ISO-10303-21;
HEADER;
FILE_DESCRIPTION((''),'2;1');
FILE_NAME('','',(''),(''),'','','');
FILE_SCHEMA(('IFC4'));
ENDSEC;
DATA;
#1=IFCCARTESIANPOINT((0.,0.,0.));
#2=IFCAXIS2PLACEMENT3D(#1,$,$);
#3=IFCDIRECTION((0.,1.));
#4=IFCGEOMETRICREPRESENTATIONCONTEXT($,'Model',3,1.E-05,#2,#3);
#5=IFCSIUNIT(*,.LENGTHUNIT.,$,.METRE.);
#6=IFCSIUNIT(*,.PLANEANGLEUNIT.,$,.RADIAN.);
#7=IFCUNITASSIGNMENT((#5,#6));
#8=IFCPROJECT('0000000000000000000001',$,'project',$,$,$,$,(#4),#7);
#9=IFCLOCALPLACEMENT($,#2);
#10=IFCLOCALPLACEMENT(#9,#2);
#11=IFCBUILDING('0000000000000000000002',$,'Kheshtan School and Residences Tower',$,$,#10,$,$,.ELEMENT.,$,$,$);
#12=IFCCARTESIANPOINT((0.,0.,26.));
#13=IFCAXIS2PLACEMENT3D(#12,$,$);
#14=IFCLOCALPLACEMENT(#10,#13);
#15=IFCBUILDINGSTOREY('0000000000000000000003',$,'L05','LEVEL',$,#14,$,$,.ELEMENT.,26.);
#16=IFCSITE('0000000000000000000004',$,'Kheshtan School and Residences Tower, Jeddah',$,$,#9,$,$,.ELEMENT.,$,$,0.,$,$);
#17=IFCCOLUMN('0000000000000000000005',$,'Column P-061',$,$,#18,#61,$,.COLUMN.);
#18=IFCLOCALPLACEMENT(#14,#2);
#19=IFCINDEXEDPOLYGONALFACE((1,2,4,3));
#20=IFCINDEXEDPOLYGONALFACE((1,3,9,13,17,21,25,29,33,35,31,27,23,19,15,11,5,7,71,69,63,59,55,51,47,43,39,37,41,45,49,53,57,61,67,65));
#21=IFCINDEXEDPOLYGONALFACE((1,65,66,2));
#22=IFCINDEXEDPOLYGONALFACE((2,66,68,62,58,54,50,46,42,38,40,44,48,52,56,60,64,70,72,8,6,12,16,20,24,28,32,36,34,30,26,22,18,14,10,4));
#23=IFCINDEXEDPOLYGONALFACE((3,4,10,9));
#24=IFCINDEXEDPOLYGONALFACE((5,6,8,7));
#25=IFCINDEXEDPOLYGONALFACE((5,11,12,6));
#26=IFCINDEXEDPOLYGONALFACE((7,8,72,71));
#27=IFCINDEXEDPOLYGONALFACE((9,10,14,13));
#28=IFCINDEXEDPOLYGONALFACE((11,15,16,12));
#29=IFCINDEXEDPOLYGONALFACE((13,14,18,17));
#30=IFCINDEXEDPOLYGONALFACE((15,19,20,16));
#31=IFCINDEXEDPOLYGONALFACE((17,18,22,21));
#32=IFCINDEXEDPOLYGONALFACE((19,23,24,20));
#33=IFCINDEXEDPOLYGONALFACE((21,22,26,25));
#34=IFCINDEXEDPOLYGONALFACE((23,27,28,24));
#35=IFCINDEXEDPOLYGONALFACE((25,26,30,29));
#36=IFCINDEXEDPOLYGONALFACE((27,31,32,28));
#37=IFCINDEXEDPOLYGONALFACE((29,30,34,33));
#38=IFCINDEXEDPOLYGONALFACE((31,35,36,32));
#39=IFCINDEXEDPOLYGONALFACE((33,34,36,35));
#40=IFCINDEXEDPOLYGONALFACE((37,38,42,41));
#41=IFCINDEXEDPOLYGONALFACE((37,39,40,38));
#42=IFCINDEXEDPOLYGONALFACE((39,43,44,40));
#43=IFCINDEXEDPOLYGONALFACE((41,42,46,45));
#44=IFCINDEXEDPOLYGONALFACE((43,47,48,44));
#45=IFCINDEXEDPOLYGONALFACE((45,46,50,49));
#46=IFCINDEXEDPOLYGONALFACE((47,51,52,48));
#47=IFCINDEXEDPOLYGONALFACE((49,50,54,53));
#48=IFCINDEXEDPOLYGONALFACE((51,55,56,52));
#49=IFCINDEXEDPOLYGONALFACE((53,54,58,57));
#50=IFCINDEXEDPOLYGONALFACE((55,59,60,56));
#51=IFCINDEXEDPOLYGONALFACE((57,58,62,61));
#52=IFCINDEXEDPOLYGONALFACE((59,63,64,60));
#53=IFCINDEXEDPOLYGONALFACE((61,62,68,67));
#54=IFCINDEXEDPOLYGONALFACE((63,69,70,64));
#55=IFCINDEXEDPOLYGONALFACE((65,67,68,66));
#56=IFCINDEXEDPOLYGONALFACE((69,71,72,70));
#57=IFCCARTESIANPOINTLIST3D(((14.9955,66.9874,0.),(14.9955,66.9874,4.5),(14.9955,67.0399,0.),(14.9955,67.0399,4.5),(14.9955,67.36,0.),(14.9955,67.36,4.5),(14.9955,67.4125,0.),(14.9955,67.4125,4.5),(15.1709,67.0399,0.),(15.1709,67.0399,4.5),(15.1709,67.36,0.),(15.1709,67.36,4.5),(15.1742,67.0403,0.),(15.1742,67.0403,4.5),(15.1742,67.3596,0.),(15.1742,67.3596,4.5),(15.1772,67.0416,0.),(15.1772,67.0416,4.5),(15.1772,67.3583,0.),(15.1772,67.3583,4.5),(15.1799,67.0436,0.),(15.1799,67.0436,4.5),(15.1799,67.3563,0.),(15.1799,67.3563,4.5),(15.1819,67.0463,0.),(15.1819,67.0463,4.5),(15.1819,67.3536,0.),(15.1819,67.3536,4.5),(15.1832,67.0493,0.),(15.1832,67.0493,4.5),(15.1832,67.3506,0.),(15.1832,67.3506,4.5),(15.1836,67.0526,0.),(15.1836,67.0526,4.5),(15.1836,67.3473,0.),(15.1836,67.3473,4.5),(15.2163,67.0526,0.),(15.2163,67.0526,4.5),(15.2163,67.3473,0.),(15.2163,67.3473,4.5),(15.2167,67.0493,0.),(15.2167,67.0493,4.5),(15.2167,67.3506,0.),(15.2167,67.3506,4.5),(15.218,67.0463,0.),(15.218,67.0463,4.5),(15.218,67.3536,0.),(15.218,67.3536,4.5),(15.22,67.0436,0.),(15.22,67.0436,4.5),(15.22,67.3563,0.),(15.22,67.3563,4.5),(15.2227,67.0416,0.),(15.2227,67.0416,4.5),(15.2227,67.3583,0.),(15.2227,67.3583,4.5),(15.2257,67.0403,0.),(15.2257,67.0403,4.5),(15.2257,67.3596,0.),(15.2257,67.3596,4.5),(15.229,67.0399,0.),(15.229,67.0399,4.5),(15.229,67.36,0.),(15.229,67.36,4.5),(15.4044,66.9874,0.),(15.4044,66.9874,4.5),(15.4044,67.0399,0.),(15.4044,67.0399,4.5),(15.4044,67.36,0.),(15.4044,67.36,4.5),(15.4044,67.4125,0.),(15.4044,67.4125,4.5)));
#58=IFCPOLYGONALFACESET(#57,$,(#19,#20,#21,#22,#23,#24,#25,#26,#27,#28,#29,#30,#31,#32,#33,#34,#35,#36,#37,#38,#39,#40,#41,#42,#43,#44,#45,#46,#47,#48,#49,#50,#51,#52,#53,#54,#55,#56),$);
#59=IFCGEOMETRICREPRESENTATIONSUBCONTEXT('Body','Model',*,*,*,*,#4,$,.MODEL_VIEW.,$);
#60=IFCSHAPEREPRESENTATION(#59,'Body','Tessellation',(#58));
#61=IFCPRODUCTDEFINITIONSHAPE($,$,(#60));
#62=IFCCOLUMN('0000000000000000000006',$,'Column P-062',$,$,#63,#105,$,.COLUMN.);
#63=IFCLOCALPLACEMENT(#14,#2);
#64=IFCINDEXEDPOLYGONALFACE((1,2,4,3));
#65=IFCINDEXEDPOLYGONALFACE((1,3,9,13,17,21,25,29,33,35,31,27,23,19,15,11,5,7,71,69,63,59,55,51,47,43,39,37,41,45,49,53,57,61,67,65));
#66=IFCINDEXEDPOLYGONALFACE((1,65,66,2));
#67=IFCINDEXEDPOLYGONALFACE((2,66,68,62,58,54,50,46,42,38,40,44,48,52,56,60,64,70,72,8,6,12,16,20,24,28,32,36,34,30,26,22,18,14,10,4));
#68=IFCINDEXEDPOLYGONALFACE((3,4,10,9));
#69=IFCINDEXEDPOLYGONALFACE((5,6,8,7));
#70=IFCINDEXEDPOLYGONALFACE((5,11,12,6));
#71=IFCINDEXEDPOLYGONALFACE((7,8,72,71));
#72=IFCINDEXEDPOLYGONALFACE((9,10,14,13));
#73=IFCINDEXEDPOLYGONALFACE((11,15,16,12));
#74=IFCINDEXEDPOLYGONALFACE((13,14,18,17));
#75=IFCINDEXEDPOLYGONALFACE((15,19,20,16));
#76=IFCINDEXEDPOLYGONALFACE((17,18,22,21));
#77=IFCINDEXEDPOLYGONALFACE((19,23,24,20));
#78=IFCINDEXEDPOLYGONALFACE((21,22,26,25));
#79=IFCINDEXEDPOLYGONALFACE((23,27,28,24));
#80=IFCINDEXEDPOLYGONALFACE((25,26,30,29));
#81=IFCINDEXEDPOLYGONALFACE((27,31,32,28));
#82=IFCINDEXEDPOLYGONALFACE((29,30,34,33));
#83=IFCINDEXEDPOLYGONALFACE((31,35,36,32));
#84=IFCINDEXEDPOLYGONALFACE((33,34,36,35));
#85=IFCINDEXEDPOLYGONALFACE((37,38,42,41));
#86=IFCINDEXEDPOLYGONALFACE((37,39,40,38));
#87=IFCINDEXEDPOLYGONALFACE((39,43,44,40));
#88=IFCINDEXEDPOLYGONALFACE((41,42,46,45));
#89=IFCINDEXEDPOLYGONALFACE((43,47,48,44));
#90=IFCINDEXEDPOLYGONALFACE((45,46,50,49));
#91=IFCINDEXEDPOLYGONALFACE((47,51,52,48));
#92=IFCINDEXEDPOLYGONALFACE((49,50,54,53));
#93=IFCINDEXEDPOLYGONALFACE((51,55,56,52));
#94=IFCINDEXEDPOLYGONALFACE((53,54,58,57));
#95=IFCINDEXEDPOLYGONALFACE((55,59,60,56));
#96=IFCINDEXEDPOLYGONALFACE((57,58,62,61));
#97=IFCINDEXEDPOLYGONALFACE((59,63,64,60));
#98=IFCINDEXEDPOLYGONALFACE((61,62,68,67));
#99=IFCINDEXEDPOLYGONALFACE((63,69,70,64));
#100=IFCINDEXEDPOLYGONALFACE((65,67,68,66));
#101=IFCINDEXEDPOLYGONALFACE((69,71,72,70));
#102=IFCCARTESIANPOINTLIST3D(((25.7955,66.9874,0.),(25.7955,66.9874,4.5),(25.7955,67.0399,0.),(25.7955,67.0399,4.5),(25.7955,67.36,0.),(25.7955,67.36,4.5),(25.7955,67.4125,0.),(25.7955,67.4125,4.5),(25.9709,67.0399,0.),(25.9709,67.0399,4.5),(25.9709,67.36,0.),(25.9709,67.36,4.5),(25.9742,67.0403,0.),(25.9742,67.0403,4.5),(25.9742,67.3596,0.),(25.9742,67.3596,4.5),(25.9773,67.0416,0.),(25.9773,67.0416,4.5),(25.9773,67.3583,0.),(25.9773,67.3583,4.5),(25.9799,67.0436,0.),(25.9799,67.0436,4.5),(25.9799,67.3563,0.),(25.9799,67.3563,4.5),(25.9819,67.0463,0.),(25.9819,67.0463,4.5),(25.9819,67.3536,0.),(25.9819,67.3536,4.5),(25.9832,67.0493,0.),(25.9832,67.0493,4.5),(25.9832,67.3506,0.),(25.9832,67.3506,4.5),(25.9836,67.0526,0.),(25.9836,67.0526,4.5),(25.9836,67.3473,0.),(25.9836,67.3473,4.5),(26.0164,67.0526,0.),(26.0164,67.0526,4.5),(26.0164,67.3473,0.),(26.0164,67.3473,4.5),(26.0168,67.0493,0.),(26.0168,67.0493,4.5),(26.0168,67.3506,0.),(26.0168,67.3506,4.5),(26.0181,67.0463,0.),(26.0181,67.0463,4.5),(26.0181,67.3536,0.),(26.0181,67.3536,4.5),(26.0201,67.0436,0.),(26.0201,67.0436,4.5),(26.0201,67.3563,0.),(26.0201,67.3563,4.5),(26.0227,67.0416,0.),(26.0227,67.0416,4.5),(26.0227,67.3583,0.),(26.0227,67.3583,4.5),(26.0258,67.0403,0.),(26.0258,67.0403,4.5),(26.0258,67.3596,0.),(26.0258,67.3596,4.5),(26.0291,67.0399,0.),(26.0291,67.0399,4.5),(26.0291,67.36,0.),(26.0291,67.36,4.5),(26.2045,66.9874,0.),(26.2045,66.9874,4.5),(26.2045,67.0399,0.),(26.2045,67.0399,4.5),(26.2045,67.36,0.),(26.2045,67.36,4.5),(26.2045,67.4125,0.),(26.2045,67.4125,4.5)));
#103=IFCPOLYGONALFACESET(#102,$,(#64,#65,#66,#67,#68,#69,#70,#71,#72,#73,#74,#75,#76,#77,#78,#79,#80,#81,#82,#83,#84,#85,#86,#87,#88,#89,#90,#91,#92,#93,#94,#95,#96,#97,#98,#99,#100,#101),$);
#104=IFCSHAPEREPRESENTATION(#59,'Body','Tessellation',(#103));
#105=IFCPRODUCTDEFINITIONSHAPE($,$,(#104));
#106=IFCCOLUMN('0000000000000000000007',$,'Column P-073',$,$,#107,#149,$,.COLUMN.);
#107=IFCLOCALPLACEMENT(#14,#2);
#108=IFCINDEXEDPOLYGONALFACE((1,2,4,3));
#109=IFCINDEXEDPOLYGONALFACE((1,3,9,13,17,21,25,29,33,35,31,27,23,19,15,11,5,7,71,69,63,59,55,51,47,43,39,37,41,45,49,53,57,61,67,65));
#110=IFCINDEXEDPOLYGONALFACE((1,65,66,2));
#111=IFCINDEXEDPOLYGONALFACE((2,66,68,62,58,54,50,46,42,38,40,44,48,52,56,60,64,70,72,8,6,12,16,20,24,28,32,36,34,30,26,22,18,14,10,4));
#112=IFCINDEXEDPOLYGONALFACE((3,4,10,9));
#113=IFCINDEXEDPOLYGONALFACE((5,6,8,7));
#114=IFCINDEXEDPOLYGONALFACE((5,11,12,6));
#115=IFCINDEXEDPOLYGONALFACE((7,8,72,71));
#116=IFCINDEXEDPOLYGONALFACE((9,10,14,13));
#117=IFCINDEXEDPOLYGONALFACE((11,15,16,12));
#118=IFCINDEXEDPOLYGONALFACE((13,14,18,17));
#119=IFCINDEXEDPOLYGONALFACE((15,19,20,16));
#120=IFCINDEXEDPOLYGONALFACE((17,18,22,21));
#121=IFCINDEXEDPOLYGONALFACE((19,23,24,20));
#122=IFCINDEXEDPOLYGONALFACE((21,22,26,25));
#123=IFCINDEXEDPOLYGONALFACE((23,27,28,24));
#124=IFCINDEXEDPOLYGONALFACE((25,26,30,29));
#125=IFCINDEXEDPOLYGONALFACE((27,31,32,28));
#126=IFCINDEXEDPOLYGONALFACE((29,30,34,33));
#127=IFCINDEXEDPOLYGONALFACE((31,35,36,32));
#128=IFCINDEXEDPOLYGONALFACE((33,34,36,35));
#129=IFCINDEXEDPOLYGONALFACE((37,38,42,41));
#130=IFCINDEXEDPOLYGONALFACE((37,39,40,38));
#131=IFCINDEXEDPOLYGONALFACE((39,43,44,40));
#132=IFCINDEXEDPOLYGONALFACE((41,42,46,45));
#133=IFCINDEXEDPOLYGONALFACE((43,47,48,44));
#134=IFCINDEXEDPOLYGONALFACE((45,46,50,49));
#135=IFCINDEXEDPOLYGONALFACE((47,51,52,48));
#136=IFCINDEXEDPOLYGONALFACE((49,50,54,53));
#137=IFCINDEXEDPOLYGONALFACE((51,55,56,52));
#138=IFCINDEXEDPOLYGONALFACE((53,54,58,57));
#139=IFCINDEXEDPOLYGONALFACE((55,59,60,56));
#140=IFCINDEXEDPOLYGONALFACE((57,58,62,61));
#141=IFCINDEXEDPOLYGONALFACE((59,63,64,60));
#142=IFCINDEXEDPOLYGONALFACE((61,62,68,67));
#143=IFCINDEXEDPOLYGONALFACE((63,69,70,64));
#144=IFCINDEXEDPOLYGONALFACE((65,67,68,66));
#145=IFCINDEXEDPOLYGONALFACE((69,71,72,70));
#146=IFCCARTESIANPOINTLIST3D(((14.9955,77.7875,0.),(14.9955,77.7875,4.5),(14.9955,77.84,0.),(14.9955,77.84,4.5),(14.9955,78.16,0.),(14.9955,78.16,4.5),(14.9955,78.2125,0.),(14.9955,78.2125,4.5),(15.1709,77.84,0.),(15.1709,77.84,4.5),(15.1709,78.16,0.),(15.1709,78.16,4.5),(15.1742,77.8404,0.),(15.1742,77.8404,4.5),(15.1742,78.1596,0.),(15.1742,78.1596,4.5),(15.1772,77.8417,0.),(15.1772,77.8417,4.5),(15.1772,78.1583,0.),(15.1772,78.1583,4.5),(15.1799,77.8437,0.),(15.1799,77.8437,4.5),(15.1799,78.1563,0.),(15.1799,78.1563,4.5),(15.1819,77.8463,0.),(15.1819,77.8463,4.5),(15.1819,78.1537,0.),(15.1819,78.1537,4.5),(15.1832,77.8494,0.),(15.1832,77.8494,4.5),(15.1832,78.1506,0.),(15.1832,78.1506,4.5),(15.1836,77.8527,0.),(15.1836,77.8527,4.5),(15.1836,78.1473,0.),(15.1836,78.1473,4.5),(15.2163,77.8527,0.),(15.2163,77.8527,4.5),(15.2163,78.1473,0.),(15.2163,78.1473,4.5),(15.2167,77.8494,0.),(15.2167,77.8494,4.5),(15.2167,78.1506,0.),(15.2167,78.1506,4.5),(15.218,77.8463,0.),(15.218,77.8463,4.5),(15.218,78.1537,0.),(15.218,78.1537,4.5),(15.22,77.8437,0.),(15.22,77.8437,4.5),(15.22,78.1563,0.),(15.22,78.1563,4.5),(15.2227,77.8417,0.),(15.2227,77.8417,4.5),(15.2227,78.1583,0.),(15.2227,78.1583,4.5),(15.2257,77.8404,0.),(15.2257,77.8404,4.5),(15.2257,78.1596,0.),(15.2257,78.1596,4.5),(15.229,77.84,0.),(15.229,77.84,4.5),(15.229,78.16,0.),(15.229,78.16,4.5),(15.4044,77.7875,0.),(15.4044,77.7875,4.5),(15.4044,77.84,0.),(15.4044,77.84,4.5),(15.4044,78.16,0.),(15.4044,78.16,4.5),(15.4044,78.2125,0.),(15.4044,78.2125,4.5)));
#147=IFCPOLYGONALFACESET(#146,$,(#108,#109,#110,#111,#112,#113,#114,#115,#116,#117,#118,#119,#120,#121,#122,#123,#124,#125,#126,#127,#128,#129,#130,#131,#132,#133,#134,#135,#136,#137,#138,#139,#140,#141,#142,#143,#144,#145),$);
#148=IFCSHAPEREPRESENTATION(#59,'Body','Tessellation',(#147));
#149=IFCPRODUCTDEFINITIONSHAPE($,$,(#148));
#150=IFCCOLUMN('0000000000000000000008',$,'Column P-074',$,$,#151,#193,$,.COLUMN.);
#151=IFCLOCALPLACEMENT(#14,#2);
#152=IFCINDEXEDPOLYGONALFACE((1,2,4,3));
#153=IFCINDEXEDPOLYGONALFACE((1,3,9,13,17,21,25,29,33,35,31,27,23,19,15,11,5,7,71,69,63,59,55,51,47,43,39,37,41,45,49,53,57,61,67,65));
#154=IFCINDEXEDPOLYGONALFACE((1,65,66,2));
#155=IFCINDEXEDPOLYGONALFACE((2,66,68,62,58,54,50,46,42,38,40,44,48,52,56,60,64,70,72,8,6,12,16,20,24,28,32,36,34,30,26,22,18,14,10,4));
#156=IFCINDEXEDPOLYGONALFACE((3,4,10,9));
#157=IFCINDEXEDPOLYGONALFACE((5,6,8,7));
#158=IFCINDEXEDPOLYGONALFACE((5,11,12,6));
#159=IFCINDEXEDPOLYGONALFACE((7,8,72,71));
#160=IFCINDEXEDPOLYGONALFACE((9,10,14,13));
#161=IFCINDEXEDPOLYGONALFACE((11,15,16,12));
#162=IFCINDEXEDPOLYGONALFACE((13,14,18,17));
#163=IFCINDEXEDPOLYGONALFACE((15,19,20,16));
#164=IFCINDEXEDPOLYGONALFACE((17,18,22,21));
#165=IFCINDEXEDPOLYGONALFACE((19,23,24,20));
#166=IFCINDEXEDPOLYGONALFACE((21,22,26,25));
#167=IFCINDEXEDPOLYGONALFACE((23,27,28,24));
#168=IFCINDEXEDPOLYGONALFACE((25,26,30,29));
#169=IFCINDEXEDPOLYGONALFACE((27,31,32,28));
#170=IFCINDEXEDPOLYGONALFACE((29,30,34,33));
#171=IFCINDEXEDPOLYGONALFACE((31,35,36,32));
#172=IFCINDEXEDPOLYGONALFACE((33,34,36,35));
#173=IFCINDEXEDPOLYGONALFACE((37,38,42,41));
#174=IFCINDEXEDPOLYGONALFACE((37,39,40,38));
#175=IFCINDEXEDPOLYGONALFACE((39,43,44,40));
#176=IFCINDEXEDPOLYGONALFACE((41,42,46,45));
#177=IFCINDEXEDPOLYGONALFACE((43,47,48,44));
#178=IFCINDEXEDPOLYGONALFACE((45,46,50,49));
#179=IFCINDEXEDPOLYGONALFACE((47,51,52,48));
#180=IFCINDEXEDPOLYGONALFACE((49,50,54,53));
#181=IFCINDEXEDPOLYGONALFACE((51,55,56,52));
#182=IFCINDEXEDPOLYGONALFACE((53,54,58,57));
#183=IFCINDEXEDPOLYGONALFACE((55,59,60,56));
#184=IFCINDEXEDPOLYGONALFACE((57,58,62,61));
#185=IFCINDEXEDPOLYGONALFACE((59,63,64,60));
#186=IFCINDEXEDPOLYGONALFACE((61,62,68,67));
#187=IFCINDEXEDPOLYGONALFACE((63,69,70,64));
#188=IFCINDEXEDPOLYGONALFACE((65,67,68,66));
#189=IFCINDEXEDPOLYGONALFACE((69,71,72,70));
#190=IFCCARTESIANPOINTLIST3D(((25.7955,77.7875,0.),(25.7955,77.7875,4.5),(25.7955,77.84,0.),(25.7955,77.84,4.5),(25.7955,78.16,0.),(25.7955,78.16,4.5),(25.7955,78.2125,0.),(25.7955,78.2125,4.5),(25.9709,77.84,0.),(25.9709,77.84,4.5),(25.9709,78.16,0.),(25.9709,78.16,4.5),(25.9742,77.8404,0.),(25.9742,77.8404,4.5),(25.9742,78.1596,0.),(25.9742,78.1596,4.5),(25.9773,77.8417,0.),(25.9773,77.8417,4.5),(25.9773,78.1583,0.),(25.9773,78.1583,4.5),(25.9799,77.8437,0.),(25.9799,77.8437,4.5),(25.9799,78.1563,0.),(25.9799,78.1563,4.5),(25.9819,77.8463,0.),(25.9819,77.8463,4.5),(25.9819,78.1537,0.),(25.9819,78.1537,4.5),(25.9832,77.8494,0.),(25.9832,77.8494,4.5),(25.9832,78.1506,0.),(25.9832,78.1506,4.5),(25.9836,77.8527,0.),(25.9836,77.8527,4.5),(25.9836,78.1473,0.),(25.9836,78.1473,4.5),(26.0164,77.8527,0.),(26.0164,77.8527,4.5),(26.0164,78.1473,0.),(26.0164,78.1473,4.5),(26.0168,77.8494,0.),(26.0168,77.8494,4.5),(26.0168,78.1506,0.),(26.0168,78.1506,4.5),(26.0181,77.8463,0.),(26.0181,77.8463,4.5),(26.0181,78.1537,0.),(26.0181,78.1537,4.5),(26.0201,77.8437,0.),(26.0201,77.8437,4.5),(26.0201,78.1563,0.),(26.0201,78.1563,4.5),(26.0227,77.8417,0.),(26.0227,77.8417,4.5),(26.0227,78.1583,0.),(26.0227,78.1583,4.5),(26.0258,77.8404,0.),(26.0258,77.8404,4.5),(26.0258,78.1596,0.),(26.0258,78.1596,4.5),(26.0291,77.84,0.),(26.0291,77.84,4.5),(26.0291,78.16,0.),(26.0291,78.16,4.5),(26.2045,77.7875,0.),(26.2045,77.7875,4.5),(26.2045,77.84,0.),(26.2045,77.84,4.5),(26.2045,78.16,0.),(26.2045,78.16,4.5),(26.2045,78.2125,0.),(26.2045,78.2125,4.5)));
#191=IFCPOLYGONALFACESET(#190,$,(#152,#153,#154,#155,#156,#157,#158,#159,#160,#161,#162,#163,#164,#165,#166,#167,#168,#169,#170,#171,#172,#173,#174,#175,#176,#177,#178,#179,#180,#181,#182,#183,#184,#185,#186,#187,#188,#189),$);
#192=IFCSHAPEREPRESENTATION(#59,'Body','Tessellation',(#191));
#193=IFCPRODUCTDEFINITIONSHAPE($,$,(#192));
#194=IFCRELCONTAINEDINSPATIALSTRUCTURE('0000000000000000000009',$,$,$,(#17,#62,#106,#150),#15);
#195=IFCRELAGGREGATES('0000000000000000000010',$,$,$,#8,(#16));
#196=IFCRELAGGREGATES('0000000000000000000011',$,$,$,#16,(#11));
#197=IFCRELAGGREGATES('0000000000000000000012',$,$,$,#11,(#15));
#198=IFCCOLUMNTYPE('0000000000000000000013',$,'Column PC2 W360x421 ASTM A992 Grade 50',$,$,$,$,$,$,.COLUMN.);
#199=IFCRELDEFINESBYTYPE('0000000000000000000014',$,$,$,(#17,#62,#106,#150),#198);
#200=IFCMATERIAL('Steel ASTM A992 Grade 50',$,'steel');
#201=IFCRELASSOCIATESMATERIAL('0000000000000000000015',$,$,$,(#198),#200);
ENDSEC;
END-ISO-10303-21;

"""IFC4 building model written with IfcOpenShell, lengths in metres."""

from ifc_helpers import new_model, si_unit, direction, frame, origin, origin_2d, place, context, subcontext, project, spatial, i_section, extrude, material, material_profile, profile_set, type_object, element, save


model = new_model("IFC4")

# Units and contexts
model_context = context("Model", 3, precision=1e-05, world=origin(), true_north=direction((0.0, 1.0)))
body_context = subcontext(model_context, "Body", "Model", "MODEL_VIEW")
ifc_project = project(units=[si_unit("LENGTHUNIT", "METRE"), si_unit("PLANEANGLEUNIT", "RADIAN")], contexts=[model_context])

# Site, building, storey
site_placement = place(None, origin())
site = spatial("IfcSite", under=ifc_project, at=site_placement, Name="Kheshtan School and Residences Tower, Jeddah", CompositionType="ELEMENT", RefElevation=0.0)
building_placement = place(site_placement, origin())
building = spatial("IfcBuilding", under=site, at=building_placement, Name="Kheshtan School and Residences Tower", CompositionType="ELEMENT")
storey_placement = place(building_placement, frame((0.0, 0.0, 26.0)))
storey = spatial("IfcBuildingStorey", under=building, at=storey_placement, Name="L05", Description="LEVEL", CompositionType="ELEMENT", Elevation=26.0)

# Columns
ifc_material_1 = material(Name="Steel ASTM A992 Grade 50", Category="steel")
ifc_material_profile_1 = material_profile(ifc_material_1, i_section(OverallWidth=0.4089, OverallDepth=0.425, WebThickness=0.0327, FlangeThickness=0.0525, FilletRadius=0.0127, at=origin_2d()), Name="W360x421")
ifc_profile_set_1 = profile_set([ifc_material_profile_1], Name="Steel ASTM A992 Grade 50")
column_type = type_object("IfcColumnType", Name="Column PC2 W360x421 ASTM A992 Grade 50", PredefinedType="COLUMN", material=ifc_profile_set_1)
for number, where, z_axis, x_axis, name in (
    (1, (15.2, 67.2, 0.0), (0.0, 0.0, 1.0), (1.0, 0.0, 0.0), "Column P-061"),
    (2, (26.0, 67.2, 0.0), (0.0, 0.0, 1.0), (1.0, 0.0, 0.0), "Column P-062"),
    (3, (15.2, 78.0, 0.0), (0.0, 0.0, 1.0), (1.0, 0.0, 0.0), "Column P-073"),
    (4, (26.0, 78.0, 0.0), (0.0, 0.0, 1.0), (1.0, 0.0, 0.0), "Column P-074"),
):
    element("IfcColumn", number, at=place(storey_placement, frame(where, z_axis=z_axis, x_axis=x_axis)), inside=storey, type_object=column_type, Name=name, PredefinedType="COLUMN", context=body_context, shape_type="SweptSolid", body=[
        extrude(i_section(OverallWidth=0.4089, OverallDepth=0.425, WebThickness=0.0327, FlangeThickness=0.0525, FilletRadius=0.0127, at=origin_2d()), origin(), (0.0, 0.0, 1.0), 4.5),
    ])

save(model, "model.ifc")
